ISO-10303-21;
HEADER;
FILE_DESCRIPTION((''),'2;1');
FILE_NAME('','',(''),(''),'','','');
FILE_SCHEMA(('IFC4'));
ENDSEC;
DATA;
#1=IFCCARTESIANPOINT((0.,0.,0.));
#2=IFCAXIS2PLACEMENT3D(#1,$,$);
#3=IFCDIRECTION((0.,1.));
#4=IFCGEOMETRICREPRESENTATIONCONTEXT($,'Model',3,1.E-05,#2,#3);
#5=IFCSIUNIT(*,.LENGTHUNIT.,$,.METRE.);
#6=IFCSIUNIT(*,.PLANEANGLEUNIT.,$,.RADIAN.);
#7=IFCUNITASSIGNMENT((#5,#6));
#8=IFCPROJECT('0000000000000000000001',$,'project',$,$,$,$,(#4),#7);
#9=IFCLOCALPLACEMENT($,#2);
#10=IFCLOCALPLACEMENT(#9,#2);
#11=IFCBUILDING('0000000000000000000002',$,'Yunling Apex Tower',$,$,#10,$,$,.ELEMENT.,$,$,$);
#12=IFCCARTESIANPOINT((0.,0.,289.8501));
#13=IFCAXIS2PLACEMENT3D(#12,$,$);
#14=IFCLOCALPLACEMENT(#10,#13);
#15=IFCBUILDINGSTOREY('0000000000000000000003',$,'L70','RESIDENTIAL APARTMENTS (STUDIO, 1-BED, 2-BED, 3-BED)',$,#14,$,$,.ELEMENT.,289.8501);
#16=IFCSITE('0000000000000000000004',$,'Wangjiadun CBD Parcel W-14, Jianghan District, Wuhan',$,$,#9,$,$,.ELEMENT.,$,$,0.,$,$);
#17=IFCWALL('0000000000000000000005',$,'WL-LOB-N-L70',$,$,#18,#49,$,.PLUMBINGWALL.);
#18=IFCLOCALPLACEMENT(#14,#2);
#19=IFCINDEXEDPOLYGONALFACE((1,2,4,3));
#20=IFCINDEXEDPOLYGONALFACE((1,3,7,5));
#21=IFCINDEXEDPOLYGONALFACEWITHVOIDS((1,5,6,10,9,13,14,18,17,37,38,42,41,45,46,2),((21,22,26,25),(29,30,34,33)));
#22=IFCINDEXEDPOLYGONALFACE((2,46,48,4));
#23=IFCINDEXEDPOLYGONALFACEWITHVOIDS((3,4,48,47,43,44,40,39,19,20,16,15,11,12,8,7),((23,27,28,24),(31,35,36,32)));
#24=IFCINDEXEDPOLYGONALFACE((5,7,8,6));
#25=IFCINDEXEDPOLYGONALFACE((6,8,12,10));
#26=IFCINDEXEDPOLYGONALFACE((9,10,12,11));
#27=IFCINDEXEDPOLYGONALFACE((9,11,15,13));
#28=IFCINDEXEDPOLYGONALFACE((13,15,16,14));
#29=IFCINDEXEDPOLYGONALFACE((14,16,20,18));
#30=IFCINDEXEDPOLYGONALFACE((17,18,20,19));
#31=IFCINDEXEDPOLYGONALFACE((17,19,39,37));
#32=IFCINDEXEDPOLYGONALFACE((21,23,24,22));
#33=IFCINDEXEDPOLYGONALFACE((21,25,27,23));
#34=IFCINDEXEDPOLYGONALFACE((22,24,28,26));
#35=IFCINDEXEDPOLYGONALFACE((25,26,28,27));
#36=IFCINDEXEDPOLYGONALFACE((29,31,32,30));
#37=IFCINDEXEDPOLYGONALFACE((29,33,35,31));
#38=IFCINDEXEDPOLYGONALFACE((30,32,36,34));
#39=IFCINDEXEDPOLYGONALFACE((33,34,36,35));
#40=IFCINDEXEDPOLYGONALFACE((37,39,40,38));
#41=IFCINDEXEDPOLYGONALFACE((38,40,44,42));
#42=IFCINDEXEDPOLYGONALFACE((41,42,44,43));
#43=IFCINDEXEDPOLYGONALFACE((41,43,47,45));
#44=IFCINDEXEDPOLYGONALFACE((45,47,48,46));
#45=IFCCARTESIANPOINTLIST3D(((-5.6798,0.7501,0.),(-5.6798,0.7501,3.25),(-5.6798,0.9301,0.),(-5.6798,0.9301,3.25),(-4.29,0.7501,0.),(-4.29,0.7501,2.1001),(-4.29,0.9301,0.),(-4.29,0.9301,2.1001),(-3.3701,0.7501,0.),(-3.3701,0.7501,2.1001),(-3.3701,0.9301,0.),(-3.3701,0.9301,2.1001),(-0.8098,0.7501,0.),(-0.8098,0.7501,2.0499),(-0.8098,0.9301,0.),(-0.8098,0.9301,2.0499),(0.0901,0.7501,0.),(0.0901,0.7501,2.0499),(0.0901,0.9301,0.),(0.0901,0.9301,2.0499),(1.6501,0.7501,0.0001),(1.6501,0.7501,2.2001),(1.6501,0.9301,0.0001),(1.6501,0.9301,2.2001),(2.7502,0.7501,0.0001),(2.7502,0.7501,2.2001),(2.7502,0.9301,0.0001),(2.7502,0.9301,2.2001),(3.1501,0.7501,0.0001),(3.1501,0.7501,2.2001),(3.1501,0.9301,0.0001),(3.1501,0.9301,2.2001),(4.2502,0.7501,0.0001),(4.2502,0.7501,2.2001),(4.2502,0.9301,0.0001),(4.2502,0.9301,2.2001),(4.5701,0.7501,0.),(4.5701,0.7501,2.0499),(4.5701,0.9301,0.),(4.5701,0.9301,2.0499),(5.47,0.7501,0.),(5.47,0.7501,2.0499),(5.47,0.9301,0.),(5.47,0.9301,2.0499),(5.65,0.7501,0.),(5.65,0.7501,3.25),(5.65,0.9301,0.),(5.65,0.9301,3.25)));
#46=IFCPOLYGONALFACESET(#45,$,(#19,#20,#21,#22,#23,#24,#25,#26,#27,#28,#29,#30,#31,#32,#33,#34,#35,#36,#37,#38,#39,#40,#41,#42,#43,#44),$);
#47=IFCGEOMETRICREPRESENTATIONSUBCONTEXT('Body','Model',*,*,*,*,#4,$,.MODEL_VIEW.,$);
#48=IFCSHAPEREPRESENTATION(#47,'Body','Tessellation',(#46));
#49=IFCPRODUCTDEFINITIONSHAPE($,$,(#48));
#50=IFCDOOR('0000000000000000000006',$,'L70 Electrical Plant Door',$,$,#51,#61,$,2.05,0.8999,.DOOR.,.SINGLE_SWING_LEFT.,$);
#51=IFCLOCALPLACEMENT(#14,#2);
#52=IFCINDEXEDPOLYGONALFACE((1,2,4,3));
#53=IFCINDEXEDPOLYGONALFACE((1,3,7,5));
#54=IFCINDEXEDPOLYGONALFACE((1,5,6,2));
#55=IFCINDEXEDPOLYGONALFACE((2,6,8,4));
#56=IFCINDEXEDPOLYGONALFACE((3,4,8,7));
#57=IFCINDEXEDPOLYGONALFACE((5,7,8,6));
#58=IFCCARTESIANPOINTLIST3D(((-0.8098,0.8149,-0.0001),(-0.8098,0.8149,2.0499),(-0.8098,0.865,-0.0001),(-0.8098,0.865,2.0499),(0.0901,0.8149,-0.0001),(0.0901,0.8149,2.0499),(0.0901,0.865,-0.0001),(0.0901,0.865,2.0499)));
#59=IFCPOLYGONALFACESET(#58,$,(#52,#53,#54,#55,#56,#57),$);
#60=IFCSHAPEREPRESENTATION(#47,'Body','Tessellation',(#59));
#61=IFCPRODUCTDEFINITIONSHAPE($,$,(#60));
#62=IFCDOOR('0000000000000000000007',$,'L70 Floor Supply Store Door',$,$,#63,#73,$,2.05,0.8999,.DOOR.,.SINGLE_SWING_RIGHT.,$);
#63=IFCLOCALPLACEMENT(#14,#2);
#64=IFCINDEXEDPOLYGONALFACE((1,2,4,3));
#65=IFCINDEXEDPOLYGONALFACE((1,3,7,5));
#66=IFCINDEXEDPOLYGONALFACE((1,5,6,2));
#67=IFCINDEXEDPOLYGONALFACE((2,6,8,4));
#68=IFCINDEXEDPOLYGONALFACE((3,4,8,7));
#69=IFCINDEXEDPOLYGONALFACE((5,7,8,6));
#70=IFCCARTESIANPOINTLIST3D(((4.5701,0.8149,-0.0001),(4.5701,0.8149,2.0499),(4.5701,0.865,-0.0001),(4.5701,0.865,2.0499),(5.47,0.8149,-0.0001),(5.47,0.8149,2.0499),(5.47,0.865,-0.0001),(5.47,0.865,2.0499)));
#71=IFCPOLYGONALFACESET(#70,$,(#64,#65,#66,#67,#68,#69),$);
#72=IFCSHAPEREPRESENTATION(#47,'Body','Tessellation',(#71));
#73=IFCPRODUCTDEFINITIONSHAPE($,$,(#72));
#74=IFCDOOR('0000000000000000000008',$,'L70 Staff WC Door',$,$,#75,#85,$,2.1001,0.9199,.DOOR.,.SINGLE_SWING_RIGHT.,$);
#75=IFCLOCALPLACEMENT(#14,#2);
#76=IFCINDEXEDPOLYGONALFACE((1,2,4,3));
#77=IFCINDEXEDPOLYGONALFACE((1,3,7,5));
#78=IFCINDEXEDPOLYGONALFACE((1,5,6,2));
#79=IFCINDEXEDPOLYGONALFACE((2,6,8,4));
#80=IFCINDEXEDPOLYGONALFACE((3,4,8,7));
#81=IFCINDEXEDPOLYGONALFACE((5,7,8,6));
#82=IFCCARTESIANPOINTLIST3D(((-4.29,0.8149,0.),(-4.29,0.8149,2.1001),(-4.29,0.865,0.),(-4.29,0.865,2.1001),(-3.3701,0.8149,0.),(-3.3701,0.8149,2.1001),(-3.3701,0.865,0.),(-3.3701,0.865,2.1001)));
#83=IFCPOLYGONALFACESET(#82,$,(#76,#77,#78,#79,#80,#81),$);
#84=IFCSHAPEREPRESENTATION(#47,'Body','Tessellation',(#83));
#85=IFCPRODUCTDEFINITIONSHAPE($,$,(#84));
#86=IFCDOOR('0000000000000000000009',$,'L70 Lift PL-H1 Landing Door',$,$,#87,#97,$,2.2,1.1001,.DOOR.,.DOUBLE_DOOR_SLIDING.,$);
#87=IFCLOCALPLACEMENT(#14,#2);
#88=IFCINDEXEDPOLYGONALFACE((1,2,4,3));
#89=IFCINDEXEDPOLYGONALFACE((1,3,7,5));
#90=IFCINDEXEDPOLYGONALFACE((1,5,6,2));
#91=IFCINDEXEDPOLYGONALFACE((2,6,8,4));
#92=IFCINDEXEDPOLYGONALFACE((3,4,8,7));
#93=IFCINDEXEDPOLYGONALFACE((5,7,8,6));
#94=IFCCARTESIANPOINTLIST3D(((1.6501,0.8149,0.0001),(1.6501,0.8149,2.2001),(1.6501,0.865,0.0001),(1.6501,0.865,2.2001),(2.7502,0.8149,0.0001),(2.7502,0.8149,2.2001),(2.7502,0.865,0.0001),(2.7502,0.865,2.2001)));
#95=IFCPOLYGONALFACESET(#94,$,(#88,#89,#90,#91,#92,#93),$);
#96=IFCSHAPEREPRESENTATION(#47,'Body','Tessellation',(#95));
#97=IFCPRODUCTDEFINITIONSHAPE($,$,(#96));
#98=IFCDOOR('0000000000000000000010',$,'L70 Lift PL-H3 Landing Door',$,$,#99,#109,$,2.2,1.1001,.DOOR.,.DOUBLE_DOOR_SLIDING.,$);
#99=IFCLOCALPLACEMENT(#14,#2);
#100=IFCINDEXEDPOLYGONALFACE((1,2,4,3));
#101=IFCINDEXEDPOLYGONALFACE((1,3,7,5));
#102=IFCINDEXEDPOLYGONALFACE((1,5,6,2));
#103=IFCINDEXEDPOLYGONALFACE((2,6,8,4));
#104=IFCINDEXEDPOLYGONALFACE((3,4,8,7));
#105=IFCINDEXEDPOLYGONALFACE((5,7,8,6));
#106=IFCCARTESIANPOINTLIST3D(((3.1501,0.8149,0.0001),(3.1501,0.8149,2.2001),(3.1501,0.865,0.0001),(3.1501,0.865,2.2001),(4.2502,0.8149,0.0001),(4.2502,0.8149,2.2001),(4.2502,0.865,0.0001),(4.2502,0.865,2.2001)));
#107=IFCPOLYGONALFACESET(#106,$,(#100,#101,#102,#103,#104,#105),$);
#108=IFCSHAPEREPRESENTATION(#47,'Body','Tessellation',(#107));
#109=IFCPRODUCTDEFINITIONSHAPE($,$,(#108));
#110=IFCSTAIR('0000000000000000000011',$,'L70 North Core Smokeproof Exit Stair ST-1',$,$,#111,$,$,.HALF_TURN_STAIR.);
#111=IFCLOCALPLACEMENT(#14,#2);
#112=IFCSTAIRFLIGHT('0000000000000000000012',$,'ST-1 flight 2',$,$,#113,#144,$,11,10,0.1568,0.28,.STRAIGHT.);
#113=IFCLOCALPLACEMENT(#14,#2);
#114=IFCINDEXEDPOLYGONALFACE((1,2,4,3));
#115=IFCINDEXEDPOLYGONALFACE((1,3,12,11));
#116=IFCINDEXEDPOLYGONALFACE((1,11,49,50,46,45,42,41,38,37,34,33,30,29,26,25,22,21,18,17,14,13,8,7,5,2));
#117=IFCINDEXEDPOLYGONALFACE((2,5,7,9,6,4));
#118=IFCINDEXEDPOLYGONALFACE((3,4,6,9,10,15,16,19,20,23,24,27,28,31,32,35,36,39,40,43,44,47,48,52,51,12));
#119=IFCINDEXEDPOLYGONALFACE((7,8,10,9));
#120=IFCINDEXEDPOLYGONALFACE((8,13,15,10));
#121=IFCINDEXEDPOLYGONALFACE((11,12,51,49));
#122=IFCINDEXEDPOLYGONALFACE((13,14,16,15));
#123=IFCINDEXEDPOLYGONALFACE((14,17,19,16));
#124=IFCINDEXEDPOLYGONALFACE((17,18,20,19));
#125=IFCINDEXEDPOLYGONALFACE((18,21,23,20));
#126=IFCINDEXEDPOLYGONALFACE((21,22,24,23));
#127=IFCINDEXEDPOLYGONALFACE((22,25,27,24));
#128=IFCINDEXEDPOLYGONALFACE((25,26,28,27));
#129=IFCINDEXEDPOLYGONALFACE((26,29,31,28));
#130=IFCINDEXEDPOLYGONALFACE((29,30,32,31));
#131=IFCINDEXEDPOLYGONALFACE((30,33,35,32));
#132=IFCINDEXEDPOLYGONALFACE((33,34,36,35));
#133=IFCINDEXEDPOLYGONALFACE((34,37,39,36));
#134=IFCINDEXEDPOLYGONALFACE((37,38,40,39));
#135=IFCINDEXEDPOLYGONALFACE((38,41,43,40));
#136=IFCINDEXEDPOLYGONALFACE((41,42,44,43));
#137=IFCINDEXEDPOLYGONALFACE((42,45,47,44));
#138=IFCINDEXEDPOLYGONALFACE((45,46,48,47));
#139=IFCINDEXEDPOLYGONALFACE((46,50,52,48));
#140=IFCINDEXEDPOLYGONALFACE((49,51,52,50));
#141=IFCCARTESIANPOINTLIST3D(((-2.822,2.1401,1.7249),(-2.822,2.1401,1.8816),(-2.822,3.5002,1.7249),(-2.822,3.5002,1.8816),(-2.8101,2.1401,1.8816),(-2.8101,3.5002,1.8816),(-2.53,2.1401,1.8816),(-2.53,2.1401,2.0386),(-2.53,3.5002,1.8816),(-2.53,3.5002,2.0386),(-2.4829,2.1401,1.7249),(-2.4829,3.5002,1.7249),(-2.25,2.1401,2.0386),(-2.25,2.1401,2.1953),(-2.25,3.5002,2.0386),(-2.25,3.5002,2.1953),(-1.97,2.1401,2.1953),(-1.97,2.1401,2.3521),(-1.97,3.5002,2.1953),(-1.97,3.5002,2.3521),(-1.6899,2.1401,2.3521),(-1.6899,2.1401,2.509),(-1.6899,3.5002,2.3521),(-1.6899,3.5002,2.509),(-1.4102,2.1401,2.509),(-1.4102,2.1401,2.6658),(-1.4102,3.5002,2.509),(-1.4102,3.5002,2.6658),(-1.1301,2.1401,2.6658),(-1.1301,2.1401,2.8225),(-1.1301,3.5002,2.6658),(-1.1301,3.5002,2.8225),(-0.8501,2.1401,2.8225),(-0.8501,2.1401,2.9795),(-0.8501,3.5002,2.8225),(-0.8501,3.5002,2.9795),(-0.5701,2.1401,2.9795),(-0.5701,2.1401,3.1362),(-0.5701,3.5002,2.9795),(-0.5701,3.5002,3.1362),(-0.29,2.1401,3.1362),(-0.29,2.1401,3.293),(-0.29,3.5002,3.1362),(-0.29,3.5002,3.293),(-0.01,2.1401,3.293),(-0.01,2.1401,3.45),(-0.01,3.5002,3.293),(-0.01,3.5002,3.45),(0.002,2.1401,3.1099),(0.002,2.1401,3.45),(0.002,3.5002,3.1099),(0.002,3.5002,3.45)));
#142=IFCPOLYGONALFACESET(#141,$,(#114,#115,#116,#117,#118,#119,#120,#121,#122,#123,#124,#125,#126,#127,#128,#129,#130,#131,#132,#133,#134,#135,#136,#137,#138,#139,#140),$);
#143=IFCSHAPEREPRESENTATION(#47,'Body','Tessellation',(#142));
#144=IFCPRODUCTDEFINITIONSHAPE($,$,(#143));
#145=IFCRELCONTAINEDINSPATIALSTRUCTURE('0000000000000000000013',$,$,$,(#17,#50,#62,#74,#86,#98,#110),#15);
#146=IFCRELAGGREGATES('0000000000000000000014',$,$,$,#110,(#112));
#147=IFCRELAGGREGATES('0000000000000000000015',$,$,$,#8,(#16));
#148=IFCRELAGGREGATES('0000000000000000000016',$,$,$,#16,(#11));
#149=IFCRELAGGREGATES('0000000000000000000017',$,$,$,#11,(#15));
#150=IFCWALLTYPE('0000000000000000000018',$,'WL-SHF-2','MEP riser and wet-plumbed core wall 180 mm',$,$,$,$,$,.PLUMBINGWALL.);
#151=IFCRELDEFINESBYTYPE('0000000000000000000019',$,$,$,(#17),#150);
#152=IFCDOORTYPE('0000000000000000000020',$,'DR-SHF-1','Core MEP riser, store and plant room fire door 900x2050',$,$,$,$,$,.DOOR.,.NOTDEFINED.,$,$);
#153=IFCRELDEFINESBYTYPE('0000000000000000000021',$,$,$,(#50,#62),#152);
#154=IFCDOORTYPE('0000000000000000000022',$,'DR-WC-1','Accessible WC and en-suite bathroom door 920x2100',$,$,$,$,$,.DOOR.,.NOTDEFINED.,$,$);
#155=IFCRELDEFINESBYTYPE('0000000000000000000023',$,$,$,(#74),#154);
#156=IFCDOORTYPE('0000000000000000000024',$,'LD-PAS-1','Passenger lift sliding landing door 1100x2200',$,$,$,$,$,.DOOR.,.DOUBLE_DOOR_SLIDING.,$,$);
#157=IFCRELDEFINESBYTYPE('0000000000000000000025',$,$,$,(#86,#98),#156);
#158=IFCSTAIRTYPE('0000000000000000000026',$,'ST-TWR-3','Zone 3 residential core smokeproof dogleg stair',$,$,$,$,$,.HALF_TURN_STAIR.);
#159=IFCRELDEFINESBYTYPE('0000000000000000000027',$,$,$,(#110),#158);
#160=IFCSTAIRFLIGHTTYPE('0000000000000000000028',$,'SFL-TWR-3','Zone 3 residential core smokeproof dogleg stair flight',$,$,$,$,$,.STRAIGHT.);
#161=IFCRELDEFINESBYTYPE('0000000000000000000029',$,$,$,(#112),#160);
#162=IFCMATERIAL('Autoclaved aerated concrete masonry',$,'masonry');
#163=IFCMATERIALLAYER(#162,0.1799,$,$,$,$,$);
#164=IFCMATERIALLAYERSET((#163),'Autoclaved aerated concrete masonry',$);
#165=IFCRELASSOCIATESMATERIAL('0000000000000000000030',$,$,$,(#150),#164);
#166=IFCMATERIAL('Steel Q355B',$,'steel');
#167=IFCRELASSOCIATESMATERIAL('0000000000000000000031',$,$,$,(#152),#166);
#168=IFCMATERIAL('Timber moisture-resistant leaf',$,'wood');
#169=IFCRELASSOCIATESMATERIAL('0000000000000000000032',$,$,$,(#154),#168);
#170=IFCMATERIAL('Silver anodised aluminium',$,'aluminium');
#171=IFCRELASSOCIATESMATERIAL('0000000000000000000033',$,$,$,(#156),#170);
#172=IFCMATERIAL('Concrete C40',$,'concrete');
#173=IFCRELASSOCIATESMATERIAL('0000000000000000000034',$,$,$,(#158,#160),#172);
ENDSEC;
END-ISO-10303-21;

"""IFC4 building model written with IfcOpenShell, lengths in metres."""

from ifc_helpers import new_model, si_unit, direction, frame, frame_2d, origin, place, context, subcontext, project, spatial, polyline, rectangle, outline, extrude, material, layer, layer_set, type_object, element, fill, aggregate, save


model = new_model("IFC4")

# Units and contexts
model_context = context("Model", 3, precision=1e-05, world=origin(), true_north=direction((0.0, 1.0)))
body_context = subcontext(model_context, "Body", "Model", "MODEL_VIEW")
ifc_project = project(units=[si_unit("LENGTHUNIT", "METRE"), si_unit("PLANEANGLEUNIT", "RADIAN")], contexts=[model_context])

# Site, building, storey
site_placement = place(None, origin())
site = spatial("IfcSite", under=ifc_project, at=site_placement, Name="Wangjiadun CBD Parcel W-14, Jianghan District, Wuhan", CompositionType="ELEMENT", RefElevation=0.0)
building_placement = place(site_placement, origin())
building = spatial("IfcBuilding", under=site, at=building_placement, Name="Yunling Apex Tower", CompositionType="ELEMENT")
storey_placement = place(building_placement, frame((0.0, 0.0, 289.8501)))
storey = spatial("IfcBuildingStorey", under=building, at=storey_placement, Name="L70", Description="RESIDENTIAL APARTMENTS (STUDIO, 1-BED, 2-BED, 3-BED)", CompositionType="ELEMENT", Elevation=289.8501)

# Shared definitions
ifc_material_1 = material(Name="Steel Q355B", Category="steel")

# Shared definitions
ifc_material_2 = material(Name="Concrete C40", Category="concrete")

# Wall, openings, doors
ifc_material_3 = material(Name="Autoclaved aerated concrete masonry", Category="masonry")
ifc_layer_1 = layer(ifc_material_3, 0.1799)
ifc_layer_set_1 = layer_set([ifc_layer_1], Name="Autoclaved aerated concrete masonry")
wall_type_1 = type_object("IfcWallType", Name="WL-SHF-2", Description="MEP riser and wet-plumbed core wall 180 mm", PredefinedType="PLUMBINGWALL", material=ifc_layer_set_1)
wall_1_placement = place(storey_placement, frame((-5.6799, 0.8401, 0.0), z_axis=(0.0, 0.0, 1.0), x_axis=(1.0, 0.0, 0.0)))
wall_1 = element("IfcWall", 1, at=wall_1_placement, inside=storey, type_object=wall_type_1, Name="WL-LOB-N-L70", PredefinedType="PLUMBINGWALL", context=body_context, shape_type="SweptSolid", body=[
    extrude(rectangle(XDim=11.3298, YDim=0.1799, at=frame_2d((5.665, 0.0))), origin(), (0.0, 0.0, 1.0), 3.25),
])
opening_1_placement = place(wall_1_placement, frame((1.3899, 0.0, 0.0)))
opening_1 = element("IfcOpeningElement", 2, at=opening_1_placement, cuts=wall_1, PredefinedType="OPENING", context=body_context, shape_type="SweptSolid", body=[
    extrude(rectangle(XDim=0.9199, YDim=2.1001, at=frame_2d((0.46, 1.05))), frame((0.0, 0.1001, 0.0), z_axis=(0.0, -1.0, 0.0), x_axis=(1.0, 0.0, 0.0)), (0.0, 0.0, 1.0), 0.2),
])
opening_2_placement = place(wall_1_placement, frame((4.8701, 0.0, 0.0)))
opening_2 = element("IfcOpeningElement", 3, at=opening_2_placement, cuts=wall_1, PredefinedType="OPENING", context=body_context, shape_type="SweptSolid", body=[
    extrude(rectangle(XDim=0.8999, YDim=2.05, at=frame_2d((0.45, 1.0249))), frame((0.0, 0.1001, 0.0), z_axis=(0.0, -1.0, 0.0), x_axis=(1.0, 0.0, 0.0)), (0.0, 0.0, 1.0), 0.2),
])
opening_3_placement = place(wall_1_placement, frame((7.3301, 0.0, 0.0)))
opening_3 = element("IfcOpeningElement", 4, at=opening_3_placement, cuts=wall_1, PredefinedType="OPENING", context=body_context, shape_type="SweptSolid", body=[
    extrude(rectangle(XDim=1.1001, YDim=2.2, at=frame_2d((0.55, 1.1001))), frame((0.0, 0.1001, 0.0), z_axis=(0.0, -1.0, 0.0), x_axis=(1.0, 0.0, 0.0)), (0.0, 0.0, 1.0), 0.2),
])
opening_4_placement = place(wall_1_placement, frame((8.8301, 0.0, 0.0)))
opening_4 = element("IfcOpeningElement", 5, at=opening_4_placement, cuts=wall_1, PredefinedType="OPENING", context=body_context, shape_type="SweptSolid", body=[
    extrude(rectangle(XDim=1.1001, YDim=2.2, at=frame_2d((0.55, 1.1001))), frame((0.0, 0.1001, 0.0), z_axis=(0.0, -1.0, 0.0), x_axis=(1.0, 0.0, 0.0)), (0.0, 0.0, 1.0), 0.2),
])
opening_5_placement = place(wall_1_placement, frame((10.25, 0.0, 0.0)))
opening_5 = element("IfcOpeningElement", 6, at=opening_5_placement, cuts=wall_1, PredefinedType="OPENING", context=body_context, shape_type="SweptSolid", body=[
    extrude(rectangle(XDim=0.8999, YDim=2.05, at=frame_2d((0.45, 1.0249))), frame((0.0, 0.1001, 0.0), z_axis=(0.0, -1.0, 0.0), x_axis=(1.0, 0.0, 0.0)), (0.0, 0.0, 1.0), 0.2),
])
door_type_1 = type_object("IfcDoorType", Name="DR-SHF-1", Description="Core MEP riser, store and plant room fire door 900x2050", OperationType="NOTDEFINED", PredefinedType="DOOR", material=ifc_material_1)
door_1_placement = place(opening_2_placement, origin())
door_1 = element("IfcDoor", 7, at=door_1_placement, inside=storey, type_object=door_type_1, Name="L70 Electrical Plant Door", OperationType="SINGLE_SWING_LEFT", OverallHeight=2.05, OverallWidth=0.8999, PredefinedType="DOOR", context=body_context, shape_type="SweptSolid", body=[
    extrude(rectangle(XDim=0.8999, YDim=2.05, at=frame_2d((0.45, 1.0249))), frame((0.0, 0.0249, 0.0), z_axis=(0.0, -1.0, 0.0), x_axis=(1.0, 0.0, 0.0)), (0.0, 0.0, 1.0), 0.05),
])
fill(opening_2, door_1)
door_2_placement = place(opening_5_placement, origin())
door_2 = element("IfcDoor", 8, at=door_2_placement, inside=storey, type_object=door_type_1, Name="L70 Floor Supply Store Door", OperationType="SINGLE_SWING_RIGHT", OverallHeight=2.05, OverallWidth=0.8999, PredefinedType="DOOR", context=body_context, shape_type="SweptSolid", body=[
    extrude(rectangle(XDim=0.8999, YDim=2.05, at=frame_2d((0.45, 1.0249))), frame((0.0, 0.0249, 0.0), z_axis=(0.0, -1.0, 0.0), x_axis=(1.0, 0.0, 0.0)), (0.0, 0.0, 1.0), 0.05),
])
fill(opening_5, door_2)
ifc_material_4 = material(Name="Timber moisture-resistant leaf", Category="wood")
door_type_2 = type_object("IfcDoorType", Name="DR-WC-1", Description="Accessible WC and en-suite bathroom door 920x2100", OperationType="NOTDEFINED", PredefinedType="DOOR", material=ifc_material_4)
door_3_placement = place(opening_1_placement, origin())
door_3 = element("IfcDoor", 9, at=door_3_placement, inside=storey, type_object=door_type_2, Name="L70 Staff WC Door", OperationType="SINGLE_SWING_RIGHT", OverallHeight=2.1001, OverallWidth=0.9199, PredefinedType="DOOR", context=body_context, shape_type="SweptSolid", body=[
    extrude(rectangle(XDim=0.9199, YDim=2.1001, at=frame_2d((0.46, 1.05))), frame((0.0, 0.0249, 0.0), z_axis=(0.0, -1.0, 0.0), x_axis=(1.0, 0.0, 0.0)), (0.0, 0.0, 1.0), 0.05),
])
fill(opening_1, door_3)
ifc_material_5 = material(Name="Silver anodised aluminium", Category="aluminium")
door_type_3 = type_object("IfcDoorType", Name="LD-PAS-1", Description="Passenger lift sliding landing door 1100x2200", OperationType="DOUBLE_DOOR_SLIDING", PredefinedType="DOOR", material=ifc_material_5)
door_4_placement = place(opening_3_placement, origin())
door_4 = element("IfcDoor", 10, at=door_4_placement, inside=storey, type_object=door_type_3, Name="L70 Lift PL-H1 Landing Door", OperationType="DOUBLE_DOOR_SLIDING", OverallHeight=2.2, OverallWidth=1.1001, PredefinedType="DOOR", context=body_context, shape_type="SweptSolid", body=[
    extrude(rectangle(XDim=1.1001, YDim=2.2, at=frame_2d((0.55, 1.1001))), frame((0.0, 0.0249, 0.0), z_axis=(0.0, -1.0, 0.0), x_axis=(1.0, 0.0, 0.0)), (0.0, 0.0, 1.0), 0.05),
])
fill(opening_3, door_4)
door_5_placement = place(opening_4_placement, origin())
door_5 = element("IfcDoor", 11, at=door_5_placement, inside=storey, type_object=door_type_3, Name="L70 Lift PL-H3 Landing Door", OperationType="DOUBLE_DOOR_SLIDING", OverallHeight=2.2, OverallWidth=1.1001, PredefinedType="DOOR", context=body_context, shape_type="SweptSolid", body=[
    extrude(rectangle(XDim=1.1001, YDim=2.2, at=frame_2d((0.55, 1.1001))), frame((0.0, 0.0249, 0.0), z_axis=(0.0, -1.0, 0.0), x_axis=(1.0, 0.0, 0.0)), (0.0, 0.0, 1.0), 0.05),
])
fill(opening_4, door_5)

# Stair, stair flight
stair_type = type_object("IfcStairType", Name="ST-TWR-3", Description="Zone 3 residential core smokeproof dogleg stair", PredefinedType="HALF_TURN_STAIR", material=ifc_material_2)
stair_placement = place(storey_placement, origin())
stair = element("IfcStair", 12, at=stair_placement, inside=storey, type_object=stair_type, Name="L70 North Core Smokeproof Exit Stair ST-1", PredefinedType="HALF_TURN_STAIR")
stair_flight_type = type_object("IfcStairFlightType", Name="SFL-TWR-3", Description="Zone 3 residential core smokeproof dogleg stair flight", PredefinedType="STRAIGHT", material=ifc_material_2)
stair_flight_placement = place(storey_placement, frame((-2.8101, 2.8201, 1.7249), z_axis=(0.0, 0.0, 1.0), x_axis=(1.0, 0.0, 0.0)))
stair_flight = element("IfcStairFlight", 13, at=stair_flight_placement, type_object=stair_flight_type, Name="ST-1 flight 2", NumberOfRisers=11, NumberOfTreads=10, PredefinedType="STRAIGHT", RiserHeight=0.1568, TreadLength=0.28, context=body_context, shape_type="SweptSolid", body=[
    extrude(outline(polyline([(-0.012, 0.0), (-0.012, 0.1567), (0.0, 0.1567), (0.28, 0.1567), (0.28, 0.3137), (0.5601, 0.3137), (0.5601, 0.4705), (0.8401, 0.4705), (0.8401, 0.6272), (1.1201, 0.6272), (1.1201, 0.7842), (1.3999, 0.7842), (1.3999, 0.9409), (1.6799, 0.9409), (1.6799, 1.0977), (1.96, 1.0977), (1.96, 1.2546), (2.24, 1.2546), (2.24, 1.4114), (2.52, 1.4114), (2.52, 1.5681), (2.8, 1.5681), (2.8, 1.7251), (2.812, 1.7251), (2.812, 1.385), (0.3271, 0.0), (-0.012, 0.0)])), frame((0.0, 0.6802, 0.0), z_axis=(0.0, -1.0, 0.0), x_axis=(1.0, 0.0, 0.0)), (0.0, 0.0, 1.0), 1.3601),
])
aggregate(stair, [stair_flight])

save(model, "model.ifc")
